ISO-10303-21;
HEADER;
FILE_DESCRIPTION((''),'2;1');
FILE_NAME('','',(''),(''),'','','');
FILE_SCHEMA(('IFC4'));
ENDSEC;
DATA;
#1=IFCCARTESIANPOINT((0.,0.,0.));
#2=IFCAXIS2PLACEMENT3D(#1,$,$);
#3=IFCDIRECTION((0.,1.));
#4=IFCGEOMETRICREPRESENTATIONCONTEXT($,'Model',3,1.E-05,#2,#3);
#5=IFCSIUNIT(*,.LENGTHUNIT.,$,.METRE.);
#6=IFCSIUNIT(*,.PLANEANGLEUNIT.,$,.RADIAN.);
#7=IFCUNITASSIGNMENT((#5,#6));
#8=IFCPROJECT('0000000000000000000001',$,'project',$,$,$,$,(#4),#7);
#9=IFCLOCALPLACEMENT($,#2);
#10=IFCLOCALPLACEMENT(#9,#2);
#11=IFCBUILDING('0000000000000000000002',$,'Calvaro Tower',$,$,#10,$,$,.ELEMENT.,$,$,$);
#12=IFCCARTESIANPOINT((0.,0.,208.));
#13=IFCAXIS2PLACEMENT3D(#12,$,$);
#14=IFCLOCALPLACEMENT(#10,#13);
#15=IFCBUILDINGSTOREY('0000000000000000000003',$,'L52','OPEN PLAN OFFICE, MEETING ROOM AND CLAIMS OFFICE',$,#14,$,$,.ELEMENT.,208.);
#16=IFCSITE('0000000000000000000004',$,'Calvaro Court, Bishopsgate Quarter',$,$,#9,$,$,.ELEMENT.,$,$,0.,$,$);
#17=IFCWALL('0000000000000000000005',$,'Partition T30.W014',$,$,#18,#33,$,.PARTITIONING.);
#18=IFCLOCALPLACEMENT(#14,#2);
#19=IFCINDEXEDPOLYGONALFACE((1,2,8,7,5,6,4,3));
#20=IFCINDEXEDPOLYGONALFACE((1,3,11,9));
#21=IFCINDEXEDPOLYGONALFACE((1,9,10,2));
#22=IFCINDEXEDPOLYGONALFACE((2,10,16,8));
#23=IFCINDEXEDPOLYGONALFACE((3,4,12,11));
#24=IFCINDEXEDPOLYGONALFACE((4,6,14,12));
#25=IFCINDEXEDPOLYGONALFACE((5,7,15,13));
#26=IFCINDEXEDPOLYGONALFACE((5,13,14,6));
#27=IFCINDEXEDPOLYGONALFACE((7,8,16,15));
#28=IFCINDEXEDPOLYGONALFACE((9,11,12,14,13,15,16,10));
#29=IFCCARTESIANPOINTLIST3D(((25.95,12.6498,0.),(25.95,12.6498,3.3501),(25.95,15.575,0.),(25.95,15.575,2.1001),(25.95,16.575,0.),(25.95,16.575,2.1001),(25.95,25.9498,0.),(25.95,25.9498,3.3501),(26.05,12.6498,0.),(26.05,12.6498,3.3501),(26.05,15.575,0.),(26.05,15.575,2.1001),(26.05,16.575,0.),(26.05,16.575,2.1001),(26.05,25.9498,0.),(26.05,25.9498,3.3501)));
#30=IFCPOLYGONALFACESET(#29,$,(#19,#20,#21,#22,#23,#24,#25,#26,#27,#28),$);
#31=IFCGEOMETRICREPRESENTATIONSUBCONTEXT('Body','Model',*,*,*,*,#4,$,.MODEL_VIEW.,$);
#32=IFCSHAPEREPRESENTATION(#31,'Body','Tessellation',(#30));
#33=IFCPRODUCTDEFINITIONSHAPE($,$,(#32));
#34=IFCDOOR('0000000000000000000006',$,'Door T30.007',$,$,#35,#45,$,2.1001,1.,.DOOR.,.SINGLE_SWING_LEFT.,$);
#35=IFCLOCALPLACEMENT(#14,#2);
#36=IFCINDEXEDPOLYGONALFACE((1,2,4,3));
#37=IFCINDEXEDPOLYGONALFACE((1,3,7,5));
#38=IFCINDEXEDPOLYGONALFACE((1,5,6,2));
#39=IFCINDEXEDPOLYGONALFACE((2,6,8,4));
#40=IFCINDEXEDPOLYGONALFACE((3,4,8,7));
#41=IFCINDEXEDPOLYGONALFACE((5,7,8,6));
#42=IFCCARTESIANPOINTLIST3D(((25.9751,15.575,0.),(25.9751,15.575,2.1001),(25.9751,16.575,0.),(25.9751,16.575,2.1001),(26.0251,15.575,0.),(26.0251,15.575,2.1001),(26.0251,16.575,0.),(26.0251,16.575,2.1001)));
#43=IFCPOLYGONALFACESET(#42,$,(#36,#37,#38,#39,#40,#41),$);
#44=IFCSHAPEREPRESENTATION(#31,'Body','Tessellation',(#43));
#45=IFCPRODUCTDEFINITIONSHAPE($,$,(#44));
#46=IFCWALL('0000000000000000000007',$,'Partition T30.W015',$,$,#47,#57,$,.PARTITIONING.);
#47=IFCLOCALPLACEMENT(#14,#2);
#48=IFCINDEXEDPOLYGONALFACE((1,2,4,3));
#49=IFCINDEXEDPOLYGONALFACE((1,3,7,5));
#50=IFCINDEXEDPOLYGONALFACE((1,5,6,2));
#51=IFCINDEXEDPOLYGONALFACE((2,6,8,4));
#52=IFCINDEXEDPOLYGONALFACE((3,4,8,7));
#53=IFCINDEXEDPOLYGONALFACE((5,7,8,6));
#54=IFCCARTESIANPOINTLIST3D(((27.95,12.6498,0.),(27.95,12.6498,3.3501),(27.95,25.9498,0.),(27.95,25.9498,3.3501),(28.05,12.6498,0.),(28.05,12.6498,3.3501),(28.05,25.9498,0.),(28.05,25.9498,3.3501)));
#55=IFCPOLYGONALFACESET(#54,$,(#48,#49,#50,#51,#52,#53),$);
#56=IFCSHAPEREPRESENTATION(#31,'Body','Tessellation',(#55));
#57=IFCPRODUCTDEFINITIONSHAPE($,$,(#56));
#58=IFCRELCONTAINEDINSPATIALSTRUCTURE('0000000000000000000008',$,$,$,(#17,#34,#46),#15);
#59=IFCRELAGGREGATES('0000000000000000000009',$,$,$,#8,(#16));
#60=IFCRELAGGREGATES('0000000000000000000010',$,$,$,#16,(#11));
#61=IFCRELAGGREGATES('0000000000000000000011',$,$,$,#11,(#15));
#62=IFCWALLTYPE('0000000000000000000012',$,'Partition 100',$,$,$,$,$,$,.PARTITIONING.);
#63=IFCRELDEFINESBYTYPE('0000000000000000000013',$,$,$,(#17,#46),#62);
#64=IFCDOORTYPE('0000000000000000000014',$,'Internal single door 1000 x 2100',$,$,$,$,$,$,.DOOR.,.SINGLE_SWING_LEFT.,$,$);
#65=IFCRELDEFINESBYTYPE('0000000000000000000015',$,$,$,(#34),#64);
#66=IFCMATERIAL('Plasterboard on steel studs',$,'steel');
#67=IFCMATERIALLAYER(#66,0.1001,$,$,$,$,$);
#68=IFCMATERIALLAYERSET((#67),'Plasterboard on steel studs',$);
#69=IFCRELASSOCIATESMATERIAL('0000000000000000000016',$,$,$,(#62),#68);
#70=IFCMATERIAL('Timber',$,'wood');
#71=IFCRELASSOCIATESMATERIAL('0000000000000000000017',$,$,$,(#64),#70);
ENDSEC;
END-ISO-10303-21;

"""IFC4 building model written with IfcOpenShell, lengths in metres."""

from ifc_helpers import new_model, si_unit, direction, frame, frame_2d, origin, place, context, subcontext, project, spatial, rectangle, extrude, material, layer, layer_set, type_object, element, fill, save


model = new_model("IFC4")

# Units and contexts
model_context = context("Model", 3, precision=1e-05, world=origin(), true_north=direction((0.0, 1.0)))
body_context = subcontext(model_context, "Body", "Model", "MODEL_VIEW")
ifc_project = project(units=[si_unit("LENGTHUNIT", "METRE"), si_unit("PLANEANGLEUNIT", "RADIAN")], contexts=[model_context])

# Site, building, storey
site_placement = place(None, origin())
site = spatial("IfcSite", under=ifc_project, at=site_placement, Name="Calvaro Court, Bishopsgate Quarter", CompositionType="ELEMENT", RefElevation=0.0)
building_placement = place(site_placement, origin())
building = spatial("IfcBuilding", under=site, at=building_placement, Name="Calvaro Tower", CompositionType="ELEMENT")
storey_placement = place(building_placement, frame((0.0, 0.0, 208.0)))
storey = spatial("IfcBuildingStorey", under=building, at=storey_placement, Name="L52", Description="OPEN PLAN OFFICE, MEETING ROOM AND CLAIMS OFFICE", CompositionType="ELEMENT", Elevation=208.0)

# Shared definitions
ifc_material_1 = material(Name="Plasterboard on steel studs", Category="steel")
ifc_layer_1 = layer(ifc_material_1, 0.1001)
ifc_layer_set_1 = layer_set([ifc_layer_1], Name="Plasterboard on steel studs")
wall_type_1 = type_object("IfcWallType", Name="Partition 100", PredefinedType="PARTITIONING", material=ifc_layer_set_1)

# Wall, opening, door
wall_1_placement = place(storey_placement, frame((26.0, 12.6499, 0.0), z_axis=(0.0, 0.0, 1.0), x_axis=(0.0, 1.0, 0.0)))
wall_1 = element("IfcWall", 1, at=wall_1_placement, inside=storey, type_object=wall_type_1, Name="Partition T30.W014", PredefinedType="PARTITIONING", context=body_context, shape_type="SweptSolid", body=[
    extrude(rectangle(XDim=13.3, YDim=0.1001, at=frame_2d((6.6499, 0.0))), origin(), (0.0, 0.0, 1.0), 3.3501),
])
opening_1_placement = place(wall_1_placement, frame((2.925, 0.0, 0.0)))
opening_1 = element("IfcOpeningElement", 2, at=opening_1_placement, cuts=wall_1, PredefinedType="OPENING", context=body_context, shape_type="SweptSolid", body=[
    extrude(rectangle(XDim=1.0, YDim=2.1001, at=frame_2d((0.5, 1.05))), frame((0.0, 0.0601, 0.0), z_axis=(0.0, -1.0, 0.0), x_axis=(1.0, 0.0, 0.0)), (0.0, 0.0, 1.0), 0.1201),
])
ifc_material_2 = material(Name="Timber", Category="wood")
door_type_1 = type_object("IfcDoorType", Name="Internal single door 1000 x 2100", OperationType="SINGLE_SWING_LEFT", PredefinedType="DOOR", material=ifc_material_2)
door_1_placement = place(opening_1_placement, origin())
door_1 = element("IfcDoor", 3, at=door_1_placement, inside=storey, type_object=door_type_1, Name="Door T30.007", OperationType="SINGLE_SWING_LEFT", OverallHeight=2.1001, OverallWidth=1.0, PredefinedType="DOOR", context=body_context, shape_type="SweptSolid", body=[
    extrude(rectangle(XDim=1.0, YDim=2.1001, at=frame_2d((0.5, 1.05))), frame((0.0, 0.0249, 0.0), z_axis=(0.0, -1.0, 0.0), x_axis=(1.0, 0.0, 0.0)), (0.0, 0.0, 1.0), 0.05),
])
fill(opening_1, door_1)

# Wall
wall_2_placement = place(storey_placement, frame((28.0, 12.6499, 0.0), z_axis=(0.0, 0.0, 1.0), x_axis=(0.0, 1.0, 0.0)))
element("IfcWall", 4, at=wall_2_placement, inside=storey, type_object=wall_type_1, Name="Partition T30.W015", PredefinedType="PARTITIONING", context=body_context, shape_type="SweptSolid", body=[
    extrude(rectangle(XDim=13.3, YDim=0.1001, at=frame_2d((6.6499, 0.0))), origin(), (0.0, 0.0, 1.0), 3.3501),
])

save(model, "model.ifc")
